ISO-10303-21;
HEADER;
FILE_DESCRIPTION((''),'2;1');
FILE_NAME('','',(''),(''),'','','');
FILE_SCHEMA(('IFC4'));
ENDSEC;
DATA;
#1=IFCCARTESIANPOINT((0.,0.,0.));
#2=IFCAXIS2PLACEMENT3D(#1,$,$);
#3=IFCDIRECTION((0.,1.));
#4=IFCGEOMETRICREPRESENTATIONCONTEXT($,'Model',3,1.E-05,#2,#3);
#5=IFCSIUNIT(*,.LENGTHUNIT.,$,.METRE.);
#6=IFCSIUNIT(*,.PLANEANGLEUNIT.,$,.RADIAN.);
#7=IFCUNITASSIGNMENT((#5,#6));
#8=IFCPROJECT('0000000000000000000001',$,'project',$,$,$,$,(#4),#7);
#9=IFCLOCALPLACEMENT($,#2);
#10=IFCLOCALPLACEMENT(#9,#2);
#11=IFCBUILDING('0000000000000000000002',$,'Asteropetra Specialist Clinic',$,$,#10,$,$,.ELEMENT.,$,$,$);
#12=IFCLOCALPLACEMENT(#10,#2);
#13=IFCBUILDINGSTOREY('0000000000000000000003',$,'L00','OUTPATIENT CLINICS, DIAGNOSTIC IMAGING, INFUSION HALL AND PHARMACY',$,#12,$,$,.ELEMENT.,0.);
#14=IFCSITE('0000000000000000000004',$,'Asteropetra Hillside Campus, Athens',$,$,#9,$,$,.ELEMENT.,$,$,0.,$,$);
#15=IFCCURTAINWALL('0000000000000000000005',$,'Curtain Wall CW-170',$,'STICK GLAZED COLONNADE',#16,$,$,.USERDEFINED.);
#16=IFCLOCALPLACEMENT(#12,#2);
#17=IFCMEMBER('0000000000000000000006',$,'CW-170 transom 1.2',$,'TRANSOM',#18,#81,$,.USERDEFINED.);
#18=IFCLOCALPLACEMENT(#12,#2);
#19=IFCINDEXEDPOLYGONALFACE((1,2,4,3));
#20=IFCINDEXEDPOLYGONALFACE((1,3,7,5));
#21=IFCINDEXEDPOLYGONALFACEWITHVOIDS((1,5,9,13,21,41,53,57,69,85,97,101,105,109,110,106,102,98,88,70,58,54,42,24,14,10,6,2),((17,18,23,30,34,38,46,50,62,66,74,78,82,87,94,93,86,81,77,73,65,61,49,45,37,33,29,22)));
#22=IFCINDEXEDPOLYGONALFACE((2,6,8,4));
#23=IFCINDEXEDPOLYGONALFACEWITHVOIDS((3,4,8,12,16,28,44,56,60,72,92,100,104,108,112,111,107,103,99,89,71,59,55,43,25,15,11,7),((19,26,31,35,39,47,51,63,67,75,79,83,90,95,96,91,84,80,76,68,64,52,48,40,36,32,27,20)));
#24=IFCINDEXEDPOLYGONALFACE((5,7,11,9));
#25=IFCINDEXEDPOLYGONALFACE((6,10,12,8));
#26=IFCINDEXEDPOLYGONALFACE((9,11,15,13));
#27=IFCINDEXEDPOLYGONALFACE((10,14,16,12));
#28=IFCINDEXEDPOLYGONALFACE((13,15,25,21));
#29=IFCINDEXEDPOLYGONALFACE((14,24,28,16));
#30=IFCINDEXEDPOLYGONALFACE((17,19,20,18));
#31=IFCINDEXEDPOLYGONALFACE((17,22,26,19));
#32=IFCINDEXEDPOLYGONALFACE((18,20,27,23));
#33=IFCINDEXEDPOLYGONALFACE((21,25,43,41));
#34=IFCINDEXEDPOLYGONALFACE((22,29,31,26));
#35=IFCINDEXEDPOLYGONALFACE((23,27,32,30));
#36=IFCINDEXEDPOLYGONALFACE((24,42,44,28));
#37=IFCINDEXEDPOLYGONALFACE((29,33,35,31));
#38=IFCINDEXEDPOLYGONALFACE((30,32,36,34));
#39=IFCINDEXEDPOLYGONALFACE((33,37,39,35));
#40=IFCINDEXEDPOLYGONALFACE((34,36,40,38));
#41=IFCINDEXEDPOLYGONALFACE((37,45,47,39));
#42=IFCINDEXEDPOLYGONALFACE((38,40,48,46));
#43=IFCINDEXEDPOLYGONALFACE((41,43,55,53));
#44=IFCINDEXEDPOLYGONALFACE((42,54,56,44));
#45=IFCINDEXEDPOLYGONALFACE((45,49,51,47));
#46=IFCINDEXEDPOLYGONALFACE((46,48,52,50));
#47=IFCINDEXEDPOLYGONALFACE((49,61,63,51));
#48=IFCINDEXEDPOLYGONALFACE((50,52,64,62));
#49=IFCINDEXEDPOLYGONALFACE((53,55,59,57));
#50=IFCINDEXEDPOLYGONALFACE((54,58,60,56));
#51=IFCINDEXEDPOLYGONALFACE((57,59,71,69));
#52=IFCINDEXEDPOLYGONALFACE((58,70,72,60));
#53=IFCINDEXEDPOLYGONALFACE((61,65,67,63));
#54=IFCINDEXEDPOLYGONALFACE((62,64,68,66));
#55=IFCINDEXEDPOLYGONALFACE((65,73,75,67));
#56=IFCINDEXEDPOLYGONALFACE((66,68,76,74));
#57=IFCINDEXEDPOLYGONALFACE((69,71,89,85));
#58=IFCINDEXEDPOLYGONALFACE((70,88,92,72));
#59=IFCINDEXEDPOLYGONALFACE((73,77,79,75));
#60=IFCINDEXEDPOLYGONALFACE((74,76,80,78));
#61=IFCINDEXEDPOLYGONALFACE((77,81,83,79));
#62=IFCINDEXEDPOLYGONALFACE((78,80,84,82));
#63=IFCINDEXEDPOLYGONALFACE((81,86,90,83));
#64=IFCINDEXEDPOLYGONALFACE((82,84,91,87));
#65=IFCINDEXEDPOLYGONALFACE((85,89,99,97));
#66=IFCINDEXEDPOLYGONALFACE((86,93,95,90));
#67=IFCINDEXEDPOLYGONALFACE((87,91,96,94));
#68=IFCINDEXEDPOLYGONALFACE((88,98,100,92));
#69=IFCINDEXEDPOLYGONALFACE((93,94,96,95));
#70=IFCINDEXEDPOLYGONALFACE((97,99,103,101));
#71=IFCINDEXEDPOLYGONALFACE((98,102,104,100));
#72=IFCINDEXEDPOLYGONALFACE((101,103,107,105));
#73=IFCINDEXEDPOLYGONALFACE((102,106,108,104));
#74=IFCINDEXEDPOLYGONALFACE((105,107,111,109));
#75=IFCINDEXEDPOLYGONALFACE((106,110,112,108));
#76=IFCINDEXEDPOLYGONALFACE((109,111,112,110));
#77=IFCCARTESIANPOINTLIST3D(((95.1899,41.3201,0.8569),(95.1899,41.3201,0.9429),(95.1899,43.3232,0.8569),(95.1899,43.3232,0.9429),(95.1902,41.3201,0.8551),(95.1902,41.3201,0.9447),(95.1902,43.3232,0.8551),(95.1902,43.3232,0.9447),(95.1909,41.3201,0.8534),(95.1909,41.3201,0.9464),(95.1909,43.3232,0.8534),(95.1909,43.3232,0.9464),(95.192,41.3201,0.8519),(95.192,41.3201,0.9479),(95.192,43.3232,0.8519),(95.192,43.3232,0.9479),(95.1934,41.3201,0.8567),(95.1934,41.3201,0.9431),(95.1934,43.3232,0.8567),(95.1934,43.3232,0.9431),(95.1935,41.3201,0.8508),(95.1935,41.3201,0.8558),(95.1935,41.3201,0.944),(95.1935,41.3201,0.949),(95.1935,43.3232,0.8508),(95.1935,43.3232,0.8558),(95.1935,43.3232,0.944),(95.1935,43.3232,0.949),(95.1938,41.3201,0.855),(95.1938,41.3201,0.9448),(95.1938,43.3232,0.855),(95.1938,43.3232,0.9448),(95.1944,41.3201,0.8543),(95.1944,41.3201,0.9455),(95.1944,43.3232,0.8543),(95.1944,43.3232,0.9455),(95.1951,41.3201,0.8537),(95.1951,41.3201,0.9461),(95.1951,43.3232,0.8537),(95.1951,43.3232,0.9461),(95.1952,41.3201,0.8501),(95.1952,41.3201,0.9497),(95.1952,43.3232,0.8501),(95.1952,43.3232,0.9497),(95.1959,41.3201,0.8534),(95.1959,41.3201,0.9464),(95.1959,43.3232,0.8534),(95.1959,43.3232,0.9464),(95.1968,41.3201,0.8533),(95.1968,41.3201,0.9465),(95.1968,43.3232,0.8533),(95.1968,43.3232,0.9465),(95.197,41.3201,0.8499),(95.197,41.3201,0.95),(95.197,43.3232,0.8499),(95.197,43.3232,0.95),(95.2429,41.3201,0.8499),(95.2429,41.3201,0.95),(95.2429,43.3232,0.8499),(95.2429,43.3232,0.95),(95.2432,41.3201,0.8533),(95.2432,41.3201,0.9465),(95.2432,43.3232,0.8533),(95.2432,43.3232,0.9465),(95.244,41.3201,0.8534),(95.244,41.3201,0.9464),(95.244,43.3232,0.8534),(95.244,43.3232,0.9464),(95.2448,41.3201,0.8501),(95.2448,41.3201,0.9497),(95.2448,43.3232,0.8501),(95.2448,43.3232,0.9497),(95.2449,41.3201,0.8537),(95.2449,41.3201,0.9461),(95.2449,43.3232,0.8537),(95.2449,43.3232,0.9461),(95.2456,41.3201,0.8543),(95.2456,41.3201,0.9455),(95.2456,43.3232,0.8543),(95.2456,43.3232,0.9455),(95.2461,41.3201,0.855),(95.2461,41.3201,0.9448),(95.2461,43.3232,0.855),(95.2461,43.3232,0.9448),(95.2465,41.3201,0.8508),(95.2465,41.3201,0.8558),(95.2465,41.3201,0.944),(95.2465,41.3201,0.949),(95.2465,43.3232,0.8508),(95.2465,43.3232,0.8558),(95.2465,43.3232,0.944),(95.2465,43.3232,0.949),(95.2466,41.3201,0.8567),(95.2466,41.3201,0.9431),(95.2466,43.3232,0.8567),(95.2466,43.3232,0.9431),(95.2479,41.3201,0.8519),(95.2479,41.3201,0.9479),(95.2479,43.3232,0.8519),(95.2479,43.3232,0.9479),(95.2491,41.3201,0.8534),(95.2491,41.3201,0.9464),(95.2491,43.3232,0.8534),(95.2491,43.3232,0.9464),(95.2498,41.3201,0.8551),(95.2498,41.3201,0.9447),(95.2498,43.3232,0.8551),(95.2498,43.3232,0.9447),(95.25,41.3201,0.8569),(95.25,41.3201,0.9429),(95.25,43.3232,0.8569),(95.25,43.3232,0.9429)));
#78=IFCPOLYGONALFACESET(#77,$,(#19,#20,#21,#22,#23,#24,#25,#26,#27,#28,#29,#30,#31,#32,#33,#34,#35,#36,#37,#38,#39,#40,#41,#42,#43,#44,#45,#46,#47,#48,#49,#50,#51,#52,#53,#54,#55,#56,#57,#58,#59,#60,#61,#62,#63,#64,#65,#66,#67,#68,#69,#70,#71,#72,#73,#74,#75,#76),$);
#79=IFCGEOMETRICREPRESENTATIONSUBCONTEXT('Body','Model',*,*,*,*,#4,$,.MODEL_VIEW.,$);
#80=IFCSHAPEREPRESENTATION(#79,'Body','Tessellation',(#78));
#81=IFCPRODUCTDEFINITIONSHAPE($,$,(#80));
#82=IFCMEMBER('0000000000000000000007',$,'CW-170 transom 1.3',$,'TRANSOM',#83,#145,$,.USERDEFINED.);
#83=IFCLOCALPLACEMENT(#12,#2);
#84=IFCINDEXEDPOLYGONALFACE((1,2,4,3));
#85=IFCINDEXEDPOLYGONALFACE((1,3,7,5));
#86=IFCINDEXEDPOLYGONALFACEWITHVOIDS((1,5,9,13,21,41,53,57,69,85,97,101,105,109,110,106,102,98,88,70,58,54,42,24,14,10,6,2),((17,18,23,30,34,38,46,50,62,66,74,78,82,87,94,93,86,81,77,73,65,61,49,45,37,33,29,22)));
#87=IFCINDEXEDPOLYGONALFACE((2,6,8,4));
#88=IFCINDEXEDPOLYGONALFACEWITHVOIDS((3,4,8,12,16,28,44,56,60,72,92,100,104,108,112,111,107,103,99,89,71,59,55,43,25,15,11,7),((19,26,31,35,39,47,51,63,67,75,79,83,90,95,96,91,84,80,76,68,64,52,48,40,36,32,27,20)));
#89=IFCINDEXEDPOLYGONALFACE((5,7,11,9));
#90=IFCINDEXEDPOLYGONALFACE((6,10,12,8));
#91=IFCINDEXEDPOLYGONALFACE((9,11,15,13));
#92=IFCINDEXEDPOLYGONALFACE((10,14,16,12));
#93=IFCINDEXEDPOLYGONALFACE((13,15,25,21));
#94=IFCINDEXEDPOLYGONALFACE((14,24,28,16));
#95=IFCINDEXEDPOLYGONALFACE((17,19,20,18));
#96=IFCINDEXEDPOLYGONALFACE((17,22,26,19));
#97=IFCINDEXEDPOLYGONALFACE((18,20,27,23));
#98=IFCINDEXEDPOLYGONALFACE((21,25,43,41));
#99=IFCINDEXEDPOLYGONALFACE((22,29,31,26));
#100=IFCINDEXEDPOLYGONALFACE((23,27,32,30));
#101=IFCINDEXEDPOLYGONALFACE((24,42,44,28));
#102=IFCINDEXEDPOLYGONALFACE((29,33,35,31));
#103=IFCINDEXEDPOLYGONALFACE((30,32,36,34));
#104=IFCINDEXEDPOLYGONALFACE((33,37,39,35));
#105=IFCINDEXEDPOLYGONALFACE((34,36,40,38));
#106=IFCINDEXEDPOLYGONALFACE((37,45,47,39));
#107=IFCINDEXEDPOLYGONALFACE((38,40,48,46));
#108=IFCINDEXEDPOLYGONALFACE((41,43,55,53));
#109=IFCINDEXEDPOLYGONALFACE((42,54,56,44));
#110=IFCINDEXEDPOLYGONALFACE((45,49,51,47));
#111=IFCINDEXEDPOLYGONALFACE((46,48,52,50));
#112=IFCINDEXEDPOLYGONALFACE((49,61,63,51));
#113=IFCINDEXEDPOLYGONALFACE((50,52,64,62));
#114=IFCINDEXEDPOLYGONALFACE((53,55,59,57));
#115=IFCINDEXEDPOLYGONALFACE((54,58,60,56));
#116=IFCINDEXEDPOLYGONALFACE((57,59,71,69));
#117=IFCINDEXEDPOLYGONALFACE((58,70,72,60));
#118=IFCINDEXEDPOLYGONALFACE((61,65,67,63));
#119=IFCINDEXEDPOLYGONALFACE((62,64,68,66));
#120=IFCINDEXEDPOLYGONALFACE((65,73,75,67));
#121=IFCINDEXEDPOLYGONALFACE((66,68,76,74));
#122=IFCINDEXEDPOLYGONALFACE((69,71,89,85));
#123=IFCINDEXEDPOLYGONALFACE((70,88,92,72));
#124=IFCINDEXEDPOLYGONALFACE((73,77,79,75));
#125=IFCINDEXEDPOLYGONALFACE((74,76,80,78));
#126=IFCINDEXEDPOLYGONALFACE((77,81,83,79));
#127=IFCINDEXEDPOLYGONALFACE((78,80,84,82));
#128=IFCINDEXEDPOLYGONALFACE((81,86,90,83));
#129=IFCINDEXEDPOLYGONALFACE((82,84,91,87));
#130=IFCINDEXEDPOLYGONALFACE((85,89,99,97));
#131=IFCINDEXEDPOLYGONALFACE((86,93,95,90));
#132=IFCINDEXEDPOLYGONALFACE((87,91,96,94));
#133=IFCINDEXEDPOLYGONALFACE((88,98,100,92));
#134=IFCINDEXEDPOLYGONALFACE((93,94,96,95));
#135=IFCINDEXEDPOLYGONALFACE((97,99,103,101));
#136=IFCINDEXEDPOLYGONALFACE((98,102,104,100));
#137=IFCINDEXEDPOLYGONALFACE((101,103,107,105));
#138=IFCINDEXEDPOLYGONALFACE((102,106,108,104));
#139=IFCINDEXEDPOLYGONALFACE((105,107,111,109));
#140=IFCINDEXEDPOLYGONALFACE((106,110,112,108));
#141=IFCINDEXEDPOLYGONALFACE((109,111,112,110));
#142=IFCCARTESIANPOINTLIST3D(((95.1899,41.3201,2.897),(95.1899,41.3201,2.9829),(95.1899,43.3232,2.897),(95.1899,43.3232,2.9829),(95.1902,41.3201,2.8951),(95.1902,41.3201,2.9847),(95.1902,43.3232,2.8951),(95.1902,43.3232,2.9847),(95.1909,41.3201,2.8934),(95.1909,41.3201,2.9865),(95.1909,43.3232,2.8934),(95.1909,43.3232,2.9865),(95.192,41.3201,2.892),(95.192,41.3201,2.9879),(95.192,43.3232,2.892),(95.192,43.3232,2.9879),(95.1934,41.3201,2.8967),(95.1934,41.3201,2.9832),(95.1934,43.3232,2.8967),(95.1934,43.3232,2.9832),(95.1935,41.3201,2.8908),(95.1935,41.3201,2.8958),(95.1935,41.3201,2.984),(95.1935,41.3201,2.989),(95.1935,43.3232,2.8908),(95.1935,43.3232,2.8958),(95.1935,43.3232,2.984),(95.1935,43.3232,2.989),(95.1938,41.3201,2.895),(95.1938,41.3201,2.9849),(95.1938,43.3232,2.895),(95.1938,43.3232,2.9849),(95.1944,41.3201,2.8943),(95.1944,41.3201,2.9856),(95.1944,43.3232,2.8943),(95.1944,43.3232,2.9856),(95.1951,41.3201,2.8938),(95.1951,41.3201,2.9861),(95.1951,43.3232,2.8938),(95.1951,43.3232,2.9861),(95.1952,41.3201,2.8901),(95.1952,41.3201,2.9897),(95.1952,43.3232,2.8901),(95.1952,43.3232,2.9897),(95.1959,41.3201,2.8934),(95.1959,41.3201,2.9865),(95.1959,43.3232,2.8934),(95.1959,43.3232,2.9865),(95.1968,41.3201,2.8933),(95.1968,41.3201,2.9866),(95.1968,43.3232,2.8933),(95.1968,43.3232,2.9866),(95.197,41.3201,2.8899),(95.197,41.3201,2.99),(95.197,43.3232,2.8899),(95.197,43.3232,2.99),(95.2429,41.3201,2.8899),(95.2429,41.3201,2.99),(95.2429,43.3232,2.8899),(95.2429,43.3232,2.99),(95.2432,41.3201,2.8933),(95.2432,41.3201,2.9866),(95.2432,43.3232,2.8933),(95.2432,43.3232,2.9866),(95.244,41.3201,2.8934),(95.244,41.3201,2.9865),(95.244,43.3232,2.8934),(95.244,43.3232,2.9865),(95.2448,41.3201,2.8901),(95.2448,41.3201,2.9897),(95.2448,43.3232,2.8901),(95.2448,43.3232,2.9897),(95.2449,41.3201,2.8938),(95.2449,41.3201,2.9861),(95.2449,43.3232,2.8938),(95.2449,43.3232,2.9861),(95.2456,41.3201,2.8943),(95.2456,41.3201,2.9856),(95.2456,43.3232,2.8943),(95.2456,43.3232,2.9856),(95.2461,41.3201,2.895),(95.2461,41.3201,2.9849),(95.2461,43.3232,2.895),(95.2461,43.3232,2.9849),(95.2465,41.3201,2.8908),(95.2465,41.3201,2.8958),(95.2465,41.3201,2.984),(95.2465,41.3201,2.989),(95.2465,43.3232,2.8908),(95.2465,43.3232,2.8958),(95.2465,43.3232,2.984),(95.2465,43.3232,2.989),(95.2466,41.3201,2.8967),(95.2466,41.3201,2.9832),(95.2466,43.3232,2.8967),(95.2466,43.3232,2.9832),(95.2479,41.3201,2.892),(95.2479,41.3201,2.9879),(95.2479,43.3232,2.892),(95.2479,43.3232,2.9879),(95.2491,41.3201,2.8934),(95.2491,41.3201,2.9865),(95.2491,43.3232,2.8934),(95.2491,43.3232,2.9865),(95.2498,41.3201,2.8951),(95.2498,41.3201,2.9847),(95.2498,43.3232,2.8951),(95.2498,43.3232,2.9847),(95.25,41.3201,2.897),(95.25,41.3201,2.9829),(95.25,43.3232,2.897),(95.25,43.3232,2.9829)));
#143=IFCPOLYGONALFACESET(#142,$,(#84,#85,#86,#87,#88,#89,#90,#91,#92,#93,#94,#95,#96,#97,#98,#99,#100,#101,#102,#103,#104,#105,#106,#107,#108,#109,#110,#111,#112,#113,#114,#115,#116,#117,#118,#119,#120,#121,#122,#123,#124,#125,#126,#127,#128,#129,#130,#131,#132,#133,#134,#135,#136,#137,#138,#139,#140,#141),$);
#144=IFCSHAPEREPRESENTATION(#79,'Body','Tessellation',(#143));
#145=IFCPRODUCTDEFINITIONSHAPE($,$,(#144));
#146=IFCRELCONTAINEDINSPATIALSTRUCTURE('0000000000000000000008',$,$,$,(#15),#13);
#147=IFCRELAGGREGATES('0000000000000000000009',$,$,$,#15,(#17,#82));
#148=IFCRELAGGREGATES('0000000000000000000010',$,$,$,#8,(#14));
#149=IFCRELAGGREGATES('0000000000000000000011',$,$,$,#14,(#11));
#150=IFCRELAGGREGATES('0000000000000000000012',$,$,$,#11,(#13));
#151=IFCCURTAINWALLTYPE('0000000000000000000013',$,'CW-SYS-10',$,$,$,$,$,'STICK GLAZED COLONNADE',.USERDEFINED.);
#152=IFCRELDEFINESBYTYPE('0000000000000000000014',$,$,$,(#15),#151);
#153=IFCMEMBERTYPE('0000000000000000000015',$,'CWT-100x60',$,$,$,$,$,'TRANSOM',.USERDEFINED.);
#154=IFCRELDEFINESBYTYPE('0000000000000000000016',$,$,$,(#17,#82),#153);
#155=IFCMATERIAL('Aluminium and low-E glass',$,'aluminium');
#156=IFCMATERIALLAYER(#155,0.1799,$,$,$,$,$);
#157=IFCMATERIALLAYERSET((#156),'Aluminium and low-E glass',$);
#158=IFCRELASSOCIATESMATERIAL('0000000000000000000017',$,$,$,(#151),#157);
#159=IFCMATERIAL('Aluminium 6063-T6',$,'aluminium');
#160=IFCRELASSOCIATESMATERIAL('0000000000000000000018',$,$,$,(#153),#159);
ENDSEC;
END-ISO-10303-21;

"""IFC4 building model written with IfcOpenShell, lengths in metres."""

from ifc_helpers import new_model, si_unit, direction, frame, origin, origin_2d, place, context, subcontext, project, spatial, hollow_rectangle, extrude, material, layer, layer_set, material_profile, profile_set, type_object, element, aggregate, save


model = new_model("IFC4")

# Units and contexts
model_context = context("Model", 3, precision=1e-05, world=origin(), true_north=direction((0.0, 1.0)))
body_context = subcontext(model_context, "Body", "Model", "MODEL_VIEW")
ifc_project = project(units=[si_unit("LENGTHUNIT", "METRE"), si_unit("PLANEANGLEUNIT", "RADIAN")], contexts=[model_context])

# Site, building, storey
site_placement = place(None, origin())
site = spatial("IfcSite", under=ifc_project, at=site_placement, Name="Asteropetra Hillside Campus, Athens", CompositionType="ELEMENT", RefElevation=0.0)
building_placement = place(site_placement, origin())
building = spatial("IfcBuilding", under=site, at=building_placement, Name="Asteropetra Specialist Clinic", CompositionType="ELEMENT")
storey_placement = place(building_placement, origin())
storey = spatial("IfcBuildingStorey", under=building, at=storey_placement, Name="L00", Description="OUTPATIENT CLINICS, DIAGNOSTIC IMAGING, INFUSION HALL AND PHARMACY", CompositionType="ELEMENT", Elevation=0.0)

# Curtain wall
ifc_material_1 = material(Name="Aluminium and low-E glass", Category="aluminium")
ifc_layer_1 = layer(ifc_material_1, 0.1799)
ifc_layer_set_1 = layer_set([ifc_layer_1], Name="Aluminium and low-E glass")
curtain_wall_type_1 = type_object("IfcCurtainWallType", Name="CW-SYS-10", ElementType="STICK GLAZED COLONNADE", PredefinedType="USERDEFINED", material=ifc_layer_set_1)
curtain_wall_1_placement = place(storey_placement, origin())
curtain_wall_1 = element("IfcCurtainWall", 1, at=curtain_wall_1_placement, inside=storey, type_object=curtain_wall_type_1, Name="Curtain Wall CW-170", ObjectType="STICK GLAZED COLONNADE", PredefinedType="USERDEFINED")

# Members
ifc_material_2 = material(Name="Aluminium 6063-T6", Category="aluminium")
ifc_material_profile_1 = material_profile(ifc_material_2, hollow_rectangle(XDim=0.0601, YDim=0.1001, WallThickness=0.0034, InnerFilletRadius=0.0034, OuterFilletRadius=0.0071, at=origin_2d()), Name="TRN 100x60x3.5")
ifc_profile_set_1 = profile_set([ifc_material_profile_1], Name="Aluminium 6063-T6")
member_type_1 = type_object("IfcMemberType", Name="CWT-100x60", ElementType="TRANSOM", PredefinedType="USERDEFINED", material=ifc_profile_set_1)
member_1_placement = place(storey_placement, frame((95.22, 41.3201, 0.8999), z_axis=(0.0, 1.0, 0.0), x_axis=(-1.0, 0.0, 0.0)))
member_1 = element("IfcMember", 2, at=member_1_placement, type_object=member_type_1, Name="CW-170 transom 1.2", ObjectType="TRANSOM", PredefinedType="USERDEFINED", context=body_context, shape_type="SweptSolid", body=[
    extrude(hollow_rectangle(XDim=0.0601, YDim=0.1001, WallThickness=0.0034, InnerFilletRadius=0.0034, OuterFilletRadius=0.0071, at=origin_2d()), origin(), (0.0, 0.0, 1.0), 2.0032),
])
member_2_placement = place(storey_placement, frame((95.22, 41.3201, 2.9399), z_axis=(0.0, 1.0, 0.0), x_axis=(-1.0, 0.0, 0.0)))
member_2 = element("IfcMember", 3, at=member_2_placement, type_object=member_type_1, Name="CW-170 transom 1.3", ObjectType="TRANSOM", PredefinedType="USERDEFINED", context=body_context, shape_type="SweptSolid", body=[
    extrude(hollow_rectangle(XDim=0.0601, YDim=0.1001, WallThickness=0.0034, InnerFilletRadius=0.0034, OuterFilletRadius=0.0071, at=origin_2d()), origin(), (0.0, 0.0, 1.0), 2.0032),
])
aggregate(curtain_wall_1, [member_1, member_2])

save(model, "model.ifc")
